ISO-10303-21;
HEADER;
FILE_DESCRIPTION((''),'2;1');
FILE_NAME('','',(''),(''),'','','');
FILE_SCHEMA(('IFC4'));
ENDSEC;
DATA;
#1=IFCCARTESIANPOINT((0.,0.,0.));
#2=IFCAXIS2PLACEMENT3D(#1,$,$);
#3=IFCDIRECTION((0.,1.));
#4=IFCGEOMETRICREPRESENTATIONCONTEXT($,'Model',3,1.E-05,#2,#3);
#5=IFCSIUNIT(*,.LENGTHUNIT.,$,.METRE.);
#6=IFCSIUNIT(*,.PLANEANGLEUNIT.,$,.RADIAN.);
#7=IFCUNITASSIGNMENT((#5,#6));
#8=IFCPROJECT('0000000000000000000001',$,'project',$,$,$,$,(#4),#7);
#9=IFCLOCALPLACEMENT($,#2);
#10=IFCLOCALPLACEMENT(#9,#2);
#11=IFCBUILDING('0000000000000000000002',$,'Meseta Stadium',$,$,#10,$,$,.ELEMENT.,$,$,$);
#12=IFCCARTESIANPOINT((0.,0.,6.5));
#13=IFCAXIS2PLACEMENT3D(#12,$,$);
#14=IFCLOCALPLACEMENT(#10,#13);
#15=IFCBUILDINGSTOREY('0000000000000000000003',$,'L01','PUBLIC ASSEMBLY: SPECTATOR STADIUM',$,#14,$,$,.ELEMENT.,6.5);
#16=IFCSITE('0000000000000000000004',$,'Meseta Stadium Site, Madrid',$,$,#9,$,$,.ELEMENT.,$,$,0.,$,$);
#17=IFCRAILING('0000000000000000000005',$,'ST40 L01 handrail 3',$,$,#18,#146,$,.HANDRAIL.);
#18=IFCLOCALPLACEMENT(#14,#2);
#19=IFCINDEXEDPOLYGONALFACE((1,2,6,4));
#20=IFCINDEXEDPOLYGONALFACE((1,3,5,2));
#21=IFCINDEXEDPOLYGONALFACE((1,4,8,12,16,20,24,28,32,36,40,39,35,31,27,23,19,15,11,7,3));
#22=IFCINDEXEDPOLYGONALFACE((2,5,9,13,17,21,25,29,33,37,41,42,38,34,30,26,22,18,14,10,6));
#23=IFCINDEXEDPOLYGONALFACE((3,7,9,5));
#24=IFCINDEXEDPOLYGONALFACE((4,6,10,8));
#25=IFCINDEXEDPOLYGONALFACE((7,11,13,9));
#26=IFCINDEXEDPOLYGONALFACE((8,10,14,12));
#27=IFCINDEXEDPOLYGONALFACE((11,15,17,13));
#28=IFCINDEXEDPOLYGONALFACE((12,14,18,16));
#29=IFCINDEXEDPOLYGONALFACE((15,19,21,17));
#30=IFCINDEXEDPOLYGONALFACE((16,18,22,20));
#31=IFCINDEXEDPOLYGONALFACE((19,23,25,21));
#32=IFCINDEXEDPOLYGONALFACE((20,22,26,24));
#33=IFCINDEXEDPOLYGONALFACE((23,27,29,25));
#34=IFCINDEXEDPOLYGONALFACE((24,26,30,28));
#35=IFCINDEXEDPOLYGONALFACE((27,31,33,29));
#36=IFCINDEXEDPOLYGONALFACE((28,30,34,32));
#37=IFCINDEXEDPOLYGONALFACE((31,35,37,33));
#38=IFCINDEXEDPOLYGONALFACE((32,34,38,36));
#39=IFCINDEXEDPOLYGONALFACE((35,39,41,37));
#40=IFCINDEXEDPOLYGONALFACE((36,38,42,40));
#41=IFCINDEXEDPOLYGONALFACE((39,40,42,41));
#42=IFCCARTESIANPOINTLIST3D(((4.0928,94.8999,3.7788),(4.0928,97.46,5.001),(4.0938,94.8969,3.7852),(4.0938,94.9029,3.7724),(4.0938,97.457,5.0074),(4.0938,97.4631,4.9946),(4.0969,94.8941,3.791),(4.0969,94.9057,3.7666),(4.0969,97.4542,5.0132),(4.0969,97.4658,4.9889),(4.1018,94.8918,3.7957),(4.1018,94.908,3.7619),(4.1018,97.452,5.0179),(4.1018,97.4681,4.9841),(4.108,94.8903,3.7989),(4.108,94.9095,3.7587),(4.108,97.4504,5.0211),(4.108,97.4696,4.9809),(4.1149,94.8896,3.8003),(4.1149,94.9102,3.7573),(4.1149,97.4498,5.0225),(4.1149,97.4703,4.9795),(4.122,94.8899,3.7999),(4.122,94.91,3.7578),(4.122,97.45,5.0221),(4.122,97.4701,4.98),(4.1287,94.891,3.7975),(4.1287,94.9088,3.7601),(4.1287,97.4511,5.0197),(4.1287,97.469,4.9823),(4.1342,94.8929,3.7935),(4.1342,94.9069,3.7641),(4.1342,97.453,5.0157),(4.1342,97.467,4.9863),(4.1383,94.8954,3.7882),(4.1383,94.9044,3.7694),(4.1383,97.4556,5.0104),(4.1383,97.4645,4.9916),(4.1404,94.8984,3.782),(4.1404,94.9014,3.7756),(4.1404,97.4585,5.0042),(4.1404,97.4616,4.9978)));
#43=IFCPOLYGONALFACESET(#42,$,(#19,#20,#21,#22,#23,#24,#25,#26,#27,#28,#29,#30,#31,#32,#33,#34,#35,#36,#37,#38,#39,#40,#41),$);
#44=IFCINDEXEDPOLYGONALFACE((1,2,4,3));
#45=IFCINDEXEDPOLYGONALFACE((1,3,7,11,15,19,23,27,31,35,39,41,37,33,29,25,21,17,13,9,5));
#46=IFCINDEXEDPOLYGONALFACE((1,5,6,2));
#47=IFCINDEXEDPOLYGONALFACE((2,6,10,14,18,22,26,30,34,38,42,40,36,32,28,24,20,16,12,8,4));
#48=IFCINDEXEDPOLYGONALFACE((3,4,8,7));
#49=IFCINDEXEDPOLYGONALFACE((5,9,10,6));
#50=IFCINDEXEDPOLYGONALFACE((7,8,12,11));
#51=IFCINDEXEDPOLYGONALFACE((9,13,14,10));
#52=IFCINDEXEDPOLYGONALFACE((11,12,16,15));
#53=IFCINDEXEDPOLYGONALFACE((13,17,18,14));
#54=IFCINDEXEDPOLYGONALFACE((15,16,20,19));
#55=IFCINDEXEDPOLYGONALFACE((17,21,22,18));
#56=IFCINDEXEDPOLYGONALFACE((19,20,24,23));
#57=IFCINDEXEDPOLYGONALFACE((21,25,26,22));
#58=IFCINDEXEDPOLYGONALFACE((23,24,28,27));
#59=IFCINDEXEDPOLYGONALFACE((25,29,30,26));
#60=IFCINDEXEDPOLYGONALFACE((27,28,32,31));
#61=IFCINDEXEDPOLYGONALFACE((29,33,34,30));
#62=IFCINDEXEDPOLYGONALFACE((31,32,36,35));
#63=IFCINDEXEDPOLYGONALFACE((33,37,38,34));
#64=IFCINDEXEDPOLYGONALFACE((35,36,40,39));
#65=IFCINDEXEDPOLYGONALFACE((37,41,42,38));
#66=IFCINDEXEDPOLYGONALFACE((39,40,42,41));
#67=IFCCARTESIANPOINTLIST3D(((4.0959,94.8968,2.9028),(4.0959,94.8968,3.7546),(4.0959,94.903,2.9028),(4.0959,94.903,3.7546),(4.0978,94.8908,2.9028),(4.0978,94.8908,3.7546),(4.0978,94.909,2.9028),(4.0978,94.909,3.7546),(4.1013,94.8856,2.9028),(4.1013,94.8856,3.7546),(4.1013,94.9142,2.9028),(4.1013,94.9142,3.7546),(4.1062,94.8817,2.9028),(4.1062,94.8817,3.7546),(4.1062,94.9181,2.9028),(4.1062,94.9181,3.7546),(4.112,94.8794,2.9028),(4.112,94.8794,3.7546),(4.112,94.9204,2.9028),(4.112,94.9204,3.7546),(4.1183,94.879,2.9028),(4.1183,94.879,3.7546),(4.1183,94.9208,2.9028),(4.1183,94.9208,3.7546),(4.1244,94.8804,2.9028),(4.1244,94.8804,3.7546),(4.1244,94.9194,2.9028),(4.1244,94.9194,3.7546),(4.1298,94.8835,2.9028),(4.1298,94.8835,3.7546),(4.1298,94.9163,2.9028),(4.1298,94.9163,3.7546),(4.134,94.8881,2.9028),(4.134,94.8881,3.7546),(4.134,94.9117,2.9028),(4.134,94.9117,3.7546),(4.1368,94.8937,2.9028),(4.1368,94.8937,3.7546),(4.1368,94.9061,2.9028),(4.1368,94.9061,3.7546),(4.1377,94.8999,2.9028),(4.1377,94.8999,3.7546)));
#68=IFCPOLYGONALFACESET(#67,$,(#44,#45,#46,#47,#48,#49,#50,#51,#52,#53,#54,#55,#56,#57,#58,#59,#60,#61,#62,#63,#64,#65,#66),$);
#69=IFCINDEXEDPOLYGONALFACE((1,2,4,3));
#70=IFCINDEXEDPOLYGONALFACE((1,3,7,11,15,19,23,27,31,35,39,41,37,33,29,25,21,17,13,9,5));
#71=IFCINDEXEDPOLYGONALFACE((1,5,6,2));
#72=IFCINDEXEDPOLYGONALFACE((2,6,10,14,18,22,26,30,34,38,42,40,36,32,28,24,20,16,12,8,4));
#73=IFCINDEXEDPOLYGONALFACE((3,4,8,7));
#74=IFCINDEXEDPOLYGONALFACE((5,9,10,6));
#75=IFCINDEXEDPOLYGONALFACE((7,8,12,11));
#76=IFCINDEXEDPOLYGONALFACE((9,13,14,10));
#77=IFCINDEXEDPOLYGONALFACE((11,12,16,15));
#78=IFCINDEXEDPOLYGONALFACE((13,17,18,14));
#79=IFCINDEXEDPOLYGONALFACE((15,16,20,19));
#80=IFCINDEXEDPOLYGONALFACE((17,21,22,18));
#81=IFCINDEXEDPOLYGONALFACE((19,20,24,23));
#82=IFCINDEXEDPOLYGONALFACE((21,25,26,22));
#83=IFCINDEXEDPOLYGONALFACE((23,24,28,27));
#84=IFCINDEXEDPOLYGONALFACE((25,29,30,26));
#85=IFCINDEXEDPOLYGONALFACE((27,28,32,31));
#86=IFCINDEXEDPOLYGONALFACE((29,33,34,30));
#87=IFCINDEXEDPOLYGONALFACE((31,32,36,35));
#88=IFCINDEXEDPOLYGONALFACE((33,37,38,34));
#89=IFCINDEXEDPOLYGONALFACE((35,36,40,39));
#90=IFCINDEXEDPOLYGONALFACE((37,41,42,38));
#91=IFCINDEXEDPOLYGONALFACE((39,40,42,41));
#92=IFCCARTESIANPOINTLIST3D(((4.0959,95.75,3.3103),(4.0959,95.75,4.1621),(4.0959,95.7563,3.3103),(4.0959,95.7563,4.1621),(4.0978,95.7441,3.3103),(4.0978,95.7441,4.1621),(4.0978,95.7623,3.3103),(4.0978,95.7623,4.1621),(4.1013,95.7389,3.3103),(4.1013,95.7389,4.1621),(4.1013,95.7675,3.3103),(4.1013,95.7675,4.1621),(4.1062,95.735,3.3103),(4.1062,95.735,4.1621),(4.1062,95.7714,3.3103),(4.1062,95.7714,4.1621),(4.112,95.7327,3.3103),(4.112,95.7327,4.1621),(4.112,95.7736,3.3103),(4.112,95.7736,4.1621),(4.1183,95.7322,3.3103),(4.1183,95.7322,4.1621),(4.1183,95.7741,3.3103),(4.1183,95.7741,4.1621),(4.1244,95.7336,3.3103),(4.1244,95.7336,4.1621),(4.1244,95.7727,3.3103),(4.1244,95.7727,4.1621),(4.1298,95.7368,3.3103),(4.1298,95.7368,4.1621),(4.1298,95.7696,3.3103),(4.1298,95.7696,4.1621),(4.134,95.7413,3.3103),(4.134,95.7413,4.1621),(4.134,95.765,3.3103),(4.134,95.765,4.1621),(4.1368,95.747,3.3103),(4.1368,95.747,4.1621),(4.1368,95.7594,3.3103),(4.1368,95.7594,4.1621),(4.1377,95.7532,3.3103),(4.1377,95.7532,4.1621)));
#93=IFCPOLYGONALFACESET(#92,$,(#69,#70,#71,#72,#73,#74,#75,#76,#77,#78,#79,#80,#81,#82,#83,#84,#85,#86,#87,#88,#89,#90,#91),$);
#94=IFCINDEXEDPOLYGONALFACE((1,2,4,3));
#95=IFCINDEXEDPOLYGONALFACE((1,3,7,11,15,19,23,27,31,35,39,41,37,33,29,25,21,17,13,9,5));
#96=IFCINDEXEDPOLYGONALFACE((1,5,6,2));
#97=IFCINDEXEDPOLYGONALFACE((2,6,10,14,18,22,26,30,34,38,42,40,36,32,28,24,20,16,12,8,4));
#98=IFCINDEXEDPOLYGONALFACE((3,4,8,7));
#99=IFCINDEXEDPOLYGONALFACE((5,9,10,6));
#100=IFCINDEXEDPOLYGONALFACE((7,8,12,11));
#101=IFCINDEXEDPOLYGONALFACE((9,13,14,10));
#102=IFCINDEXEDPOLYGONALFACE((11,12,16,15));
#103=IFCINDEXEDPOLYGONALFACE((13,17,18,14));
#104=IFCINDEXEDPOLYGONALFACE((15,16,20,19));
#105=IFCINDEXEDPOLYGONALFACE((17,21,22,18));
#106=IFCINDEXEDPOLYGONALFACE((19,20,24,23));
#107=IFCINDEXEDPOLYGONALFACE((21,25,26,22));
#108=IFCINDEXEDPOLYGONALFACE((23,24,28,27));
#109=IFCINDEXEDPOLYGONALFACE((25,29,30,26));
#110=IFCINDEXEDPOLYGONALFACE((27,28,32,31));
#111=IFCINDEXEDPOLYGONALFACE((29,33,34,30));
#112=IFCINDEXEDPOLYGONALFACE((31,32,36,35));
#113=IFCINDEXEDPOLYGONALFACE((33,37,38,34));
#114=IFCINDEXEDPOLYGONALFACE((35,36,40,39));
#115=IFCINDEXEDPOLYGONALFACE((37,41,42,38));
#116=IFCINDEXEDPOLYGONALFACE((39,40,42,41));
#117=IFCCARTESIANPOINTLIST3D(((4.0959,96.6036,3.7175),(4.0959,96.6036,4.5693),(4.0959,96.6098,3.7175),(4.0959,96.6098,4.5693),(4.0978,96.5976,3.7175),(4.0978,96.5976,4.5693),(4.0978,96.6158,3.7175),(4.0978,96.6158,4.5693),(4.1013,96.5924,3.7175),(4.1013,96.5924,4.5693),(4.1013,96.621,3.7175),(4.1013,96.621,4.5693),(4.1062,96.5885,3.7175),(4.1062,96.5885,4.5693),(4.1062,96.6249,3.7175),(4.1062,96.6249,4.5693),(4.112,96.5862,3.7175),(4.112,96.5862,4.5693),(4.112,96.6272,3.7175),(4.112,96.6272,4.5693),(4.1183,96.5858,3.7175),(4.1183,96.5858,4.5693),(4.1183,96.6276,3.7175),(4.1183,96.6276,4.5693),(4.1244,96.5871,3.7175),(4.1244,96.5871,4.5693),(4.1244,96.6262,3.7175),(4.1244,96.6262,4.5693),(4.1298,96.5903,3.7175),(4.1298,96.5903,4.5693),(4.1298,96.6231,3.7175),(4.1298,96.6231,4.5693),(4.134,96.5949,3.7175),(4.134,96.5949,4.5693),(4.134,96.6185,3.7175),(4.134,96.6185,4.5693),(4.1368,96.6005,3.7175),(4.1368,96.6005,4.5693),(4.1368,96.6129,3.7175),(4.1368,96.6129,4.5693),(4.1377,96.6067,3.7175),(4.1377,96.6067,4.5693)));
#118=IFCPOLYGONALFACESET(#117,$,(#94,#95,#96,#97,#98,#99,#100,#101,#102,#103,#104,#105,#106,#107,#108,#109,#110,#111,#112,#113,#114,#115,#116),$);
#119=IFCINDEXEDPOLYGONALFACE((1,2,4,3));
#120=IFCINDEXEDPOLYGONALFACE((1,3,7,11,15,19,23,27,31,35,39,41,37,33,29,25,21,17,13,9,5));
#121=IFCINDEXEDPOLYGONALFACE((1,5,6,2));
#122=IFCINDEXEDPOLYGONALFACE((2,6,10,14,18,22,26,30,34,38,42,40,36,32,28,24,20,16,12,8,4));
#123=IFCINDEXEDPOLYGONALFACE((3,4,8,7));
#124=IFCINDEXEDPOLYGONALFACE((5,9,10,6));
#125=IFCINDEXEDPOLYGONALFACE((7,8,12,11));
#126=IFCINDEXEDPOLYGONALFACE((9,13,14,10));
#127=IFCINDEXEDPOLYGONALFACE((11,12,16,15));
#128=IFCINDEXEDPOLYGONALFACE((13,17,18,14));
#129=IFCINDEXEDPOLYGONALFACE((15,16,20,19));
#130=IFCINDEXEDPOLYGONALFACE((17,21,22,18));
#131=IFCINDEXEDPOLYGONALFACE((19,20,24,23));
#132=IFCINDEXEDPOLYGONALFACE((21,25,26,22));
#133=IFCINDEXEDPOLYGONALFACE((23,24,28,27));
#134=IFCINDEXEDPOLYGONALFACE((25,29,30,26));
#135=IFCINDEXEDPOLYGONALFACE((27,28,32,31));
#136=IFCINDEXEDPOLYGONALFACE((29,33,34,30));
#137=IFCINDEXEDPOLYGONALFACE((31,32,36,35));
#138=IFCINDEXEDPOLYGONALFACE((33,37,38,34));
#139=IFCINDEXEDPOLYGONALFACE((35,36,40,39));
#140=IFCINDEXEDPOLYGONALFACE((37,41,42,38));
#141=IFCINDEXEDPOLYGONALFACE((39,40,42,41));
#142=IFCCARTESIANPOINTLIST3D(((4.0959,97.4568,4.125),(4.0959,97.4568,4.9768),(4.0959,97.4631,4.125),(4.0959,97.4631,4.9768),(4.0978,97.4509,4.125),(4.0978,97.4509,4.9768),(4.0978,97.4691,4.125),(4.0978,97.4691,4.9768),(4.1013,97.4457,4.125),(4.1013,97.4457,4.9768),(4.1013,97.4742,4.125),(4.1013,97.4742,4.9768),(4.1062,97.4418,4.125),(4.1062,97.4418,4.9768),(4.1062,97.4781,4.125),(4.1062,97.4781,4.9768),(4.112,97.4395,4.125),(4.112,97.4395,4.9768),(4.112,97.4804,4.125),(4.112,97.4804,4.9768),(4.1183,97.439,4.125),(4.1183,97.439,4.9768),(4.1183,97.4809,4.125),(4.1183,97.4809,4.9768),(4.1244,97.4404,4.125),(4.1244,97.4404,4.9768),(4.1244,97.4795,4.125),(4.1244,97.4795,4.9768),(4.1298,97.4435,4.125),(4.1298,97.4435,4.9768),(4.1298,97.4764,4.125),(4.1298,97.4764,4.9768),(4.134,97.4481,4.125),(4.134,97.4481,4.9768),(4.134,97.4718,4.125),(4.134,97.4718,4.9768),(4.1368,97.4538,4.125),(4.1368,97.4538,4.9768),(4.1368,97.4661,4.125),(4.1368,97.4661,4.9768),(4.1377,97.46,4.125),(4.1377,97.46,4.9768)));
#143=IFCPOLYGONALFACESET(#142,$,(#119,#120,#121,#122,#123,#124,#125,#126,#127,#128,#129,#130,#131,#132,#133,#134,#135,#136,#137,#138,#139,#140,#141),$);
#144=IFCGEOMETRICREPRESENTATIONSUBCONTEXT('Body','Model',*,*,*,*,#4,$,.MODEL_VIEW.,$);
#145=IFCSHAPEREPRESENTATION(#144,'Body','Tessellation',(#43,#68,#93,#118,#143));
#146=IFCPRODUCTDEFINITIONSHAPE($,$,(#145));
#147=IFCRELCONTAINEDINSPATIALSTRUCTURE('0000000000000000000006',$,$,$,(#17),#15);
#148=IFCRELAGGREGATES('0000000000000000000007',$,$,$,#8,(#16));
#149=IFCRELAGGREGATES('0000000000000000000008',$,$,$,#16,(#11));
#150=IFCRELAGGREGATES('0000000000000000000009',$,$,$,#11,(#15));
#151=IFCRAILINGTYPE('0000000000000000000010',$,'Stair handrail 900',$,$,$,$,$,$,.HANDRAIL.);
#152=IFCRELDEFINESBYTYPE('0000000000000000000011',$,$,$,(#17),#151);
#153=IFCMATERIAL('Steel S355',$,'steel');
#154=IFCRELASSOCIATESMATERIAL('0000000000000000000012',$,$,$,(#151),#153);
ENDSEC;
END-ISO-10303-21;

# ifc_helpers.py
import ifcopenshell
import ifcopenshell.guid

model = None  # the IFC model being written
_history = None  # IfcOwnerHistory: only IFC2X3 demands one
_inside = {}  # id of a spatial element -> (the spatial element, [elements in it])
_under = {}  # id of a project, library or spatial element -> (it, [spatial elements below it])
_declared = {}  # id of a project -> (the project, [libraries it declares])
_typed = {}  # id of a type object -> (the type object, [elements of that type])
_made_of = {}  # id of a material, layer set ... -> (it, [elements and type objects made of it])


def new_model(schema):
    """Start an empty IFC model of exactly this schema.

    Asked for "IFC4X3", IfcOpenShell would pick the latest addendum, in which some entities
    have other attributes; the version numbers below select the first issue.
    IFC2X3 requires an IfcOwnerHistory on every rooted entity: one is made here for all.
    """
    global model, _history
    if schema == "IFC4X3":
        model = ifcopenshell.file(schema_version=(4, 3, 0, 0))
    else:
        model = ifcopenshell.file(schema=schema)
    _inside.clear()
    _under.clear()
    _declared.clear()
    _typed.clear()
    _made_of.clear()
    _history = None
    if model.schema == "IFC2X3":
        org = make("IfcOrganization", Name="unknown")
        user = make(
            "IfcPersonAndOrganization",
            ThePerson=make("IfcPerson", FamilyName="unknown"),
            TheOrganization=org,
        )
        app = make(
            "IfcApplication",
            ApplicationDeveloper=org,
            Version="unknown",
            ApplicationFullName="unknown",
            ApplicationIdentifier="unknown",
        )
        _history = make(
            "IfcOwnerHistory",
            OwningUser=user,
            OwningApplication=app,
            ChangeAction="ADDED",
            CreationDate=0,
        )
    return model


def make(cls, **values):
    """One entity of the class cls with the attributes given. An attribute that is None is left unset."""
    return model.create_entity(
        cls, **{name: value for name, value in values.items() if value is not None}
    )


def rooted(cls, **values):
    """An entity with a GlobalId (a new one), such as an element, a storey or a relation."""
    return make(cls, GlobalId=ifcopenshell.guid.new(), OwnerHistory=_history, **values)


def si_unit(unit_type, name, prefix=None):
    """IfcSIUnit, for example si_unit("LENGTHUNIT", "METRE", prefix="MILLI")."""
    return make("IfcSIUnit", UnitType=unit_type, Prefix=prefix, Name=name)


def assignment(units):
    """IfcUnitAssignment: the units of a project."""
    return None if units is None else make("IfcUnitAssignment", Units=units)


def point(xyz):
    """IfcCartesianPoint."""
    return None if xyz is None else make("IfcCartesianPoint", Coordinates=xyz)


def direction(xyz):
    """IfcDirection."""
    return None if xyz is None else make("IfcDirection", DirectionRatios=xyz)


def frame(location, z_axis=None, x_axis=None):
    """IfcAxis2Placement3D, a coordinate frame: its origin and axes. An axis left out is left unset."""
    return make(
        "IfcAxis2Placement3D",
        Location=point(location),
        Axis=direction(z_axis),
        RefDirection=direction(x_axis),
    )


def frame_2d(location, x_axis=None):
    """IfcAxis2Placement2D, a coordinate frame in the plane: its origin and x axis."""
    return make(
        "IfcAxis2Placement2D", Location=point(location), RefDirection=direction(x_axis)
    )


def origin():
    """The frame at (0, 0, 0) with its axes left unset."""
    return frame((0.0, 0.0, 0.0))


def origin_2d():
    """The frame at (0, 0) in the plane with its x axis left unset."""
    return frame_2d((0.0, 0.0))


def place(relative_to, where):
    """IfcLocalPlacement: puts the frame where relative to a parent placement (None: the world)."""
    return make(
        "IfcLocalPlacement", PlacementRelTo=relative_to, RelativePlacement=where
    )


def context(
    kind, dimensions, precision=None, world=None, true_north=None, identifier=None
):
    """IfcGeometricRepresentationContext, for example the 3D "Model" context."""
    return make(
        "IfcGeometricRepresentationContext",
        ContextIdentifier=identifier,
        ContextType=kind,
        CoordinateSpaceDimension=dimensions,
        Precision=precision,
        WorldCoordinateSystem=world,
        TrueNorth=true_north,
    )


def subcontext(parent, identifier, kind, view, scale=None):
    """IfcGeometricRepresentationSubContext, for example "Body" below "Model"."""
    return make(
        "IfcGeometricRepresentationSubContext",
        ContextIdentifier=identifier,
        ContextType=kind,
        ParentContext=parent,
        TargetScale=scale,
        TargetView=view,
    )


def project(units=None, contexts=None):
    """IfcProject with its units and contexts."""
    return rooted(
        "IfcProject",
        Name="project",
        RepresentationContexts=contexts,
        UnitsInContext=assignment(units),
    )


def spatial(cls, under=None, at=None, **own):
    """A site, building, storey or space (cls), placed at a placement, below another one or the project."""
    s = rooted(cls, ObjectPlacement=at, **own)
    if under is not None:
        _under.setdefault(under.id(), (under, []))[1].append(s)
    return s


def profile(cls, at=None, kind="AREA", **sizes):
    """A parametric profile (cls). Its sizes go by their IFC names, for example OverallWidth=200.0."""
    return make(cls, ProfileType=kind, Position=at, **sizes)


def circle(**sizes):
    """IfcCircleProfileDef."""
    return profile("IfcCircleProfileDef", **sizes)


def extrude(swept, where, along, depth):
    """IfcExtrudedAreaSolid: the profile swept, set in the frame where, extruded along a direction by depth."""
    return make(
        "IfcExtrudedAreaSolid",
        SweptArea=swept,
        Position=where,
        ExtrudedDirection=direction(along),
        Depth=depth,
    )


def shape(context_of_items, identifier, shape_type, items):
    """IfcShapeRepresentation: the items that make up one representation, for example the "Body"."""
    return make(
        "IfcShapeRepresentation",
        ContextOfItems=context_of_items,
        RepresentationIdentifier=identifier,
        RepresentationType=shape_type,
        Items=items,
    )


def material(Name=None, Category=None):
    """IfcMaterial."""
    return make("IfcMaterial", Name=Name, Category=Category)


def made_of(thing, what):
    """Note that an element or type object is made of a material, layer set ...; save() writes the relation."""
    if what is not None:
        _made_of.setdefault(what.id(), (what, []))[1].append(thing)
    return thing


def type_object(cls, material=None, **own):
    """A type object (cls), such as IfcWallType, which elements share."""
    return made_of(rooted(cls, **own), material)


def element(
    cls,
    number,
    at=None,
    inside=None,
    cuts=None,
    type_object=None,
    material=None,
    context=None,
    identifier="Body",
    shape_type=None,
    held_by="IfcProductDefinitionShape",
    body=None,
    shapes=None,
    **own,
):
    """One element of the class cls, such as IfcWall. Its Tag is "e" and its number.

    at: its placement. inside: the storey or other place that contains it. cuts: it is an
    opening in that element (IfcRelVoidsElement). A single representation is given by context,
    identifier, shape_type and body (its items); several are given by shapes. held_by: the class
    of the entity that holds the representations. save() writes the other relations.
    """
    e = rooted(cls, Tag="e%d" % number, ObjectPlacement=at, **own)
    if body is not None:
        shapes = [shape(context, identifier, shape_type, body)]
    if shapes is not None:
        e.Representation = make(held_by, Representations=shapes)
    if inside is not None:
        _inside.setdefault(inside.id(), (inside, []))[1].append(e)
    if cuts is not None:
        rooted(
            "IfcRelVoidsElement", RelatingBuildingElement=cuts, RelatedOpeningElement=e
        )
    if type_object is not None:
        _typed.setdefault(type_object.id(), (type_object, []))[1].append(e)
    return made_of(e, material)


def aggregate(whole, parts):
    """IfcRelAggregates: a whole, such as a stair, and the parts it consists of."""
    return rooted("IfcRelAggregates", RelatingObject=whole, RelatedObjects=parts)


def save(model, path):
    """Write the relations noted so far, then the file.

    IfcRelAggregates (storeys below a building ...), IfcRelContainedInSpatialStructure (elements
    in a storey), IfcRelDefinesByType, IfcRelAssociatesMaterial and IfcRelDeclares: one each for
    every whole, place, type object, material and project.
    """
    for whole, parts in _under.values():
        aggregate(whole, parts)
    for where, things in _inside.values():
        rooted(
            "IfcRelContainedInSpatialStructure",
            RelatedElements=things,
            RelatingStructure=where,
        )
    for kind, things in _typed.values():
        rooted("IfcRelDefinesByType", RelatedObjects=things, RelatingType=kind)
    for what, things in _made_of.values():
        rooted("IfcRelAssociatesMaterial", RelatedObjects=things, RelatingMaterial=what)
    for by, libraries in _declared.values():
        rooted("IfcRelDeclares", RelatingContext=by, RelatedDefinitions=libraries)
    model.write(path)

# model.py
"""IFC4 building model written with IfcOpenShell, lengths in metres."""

from ifc_helpers import new_model, si_unit, direction, frame, origin, origin_2d, place, context, subcontext, project, spatial, circle, extrude, material, type_object, element, save


model = new_model("IFC4")

# Units and contexts
model_context = context("Model", 3, precision=1e-05, world=origin(), true_north=direction((0.0, 1.0)))
body_context = subcontext(model_context, "Body", "Model", "MODEL_VIEW")
ifc_project = project(units=[si_unit("LENGTHUNIT", "METRE"), si_unit("PLANEANGLEUNIT", "RADIAN")], contexts=[model_context])

# Site, building, storey
site_placement = place(None, origin())
site = spatial("IfcSite", under=ifc_project, at=site_placement, Name="Meseta Stadium Site, Madrid", CompositionType="ELEMENT", RefElevation=0.0)
building_placement = place(site_placement, origin())
building = spatial("IfcBuilding", under=site, at=building_placement, Name="Meseta Stadium", CompositionType="ELEMENT")
storey_placement = place(building_placement, frame((0.0, 0.0, 6.5)))
storey = spatial("IfcBuildingStorey", under=building, at=storey_placement, Name="L01", Description="PUBLIC ASSEMBLY: SPECTATOR STADIUM", CompositionType="ELEMENT", Elevation=6.5)

# Railing
ifc_material_1 = material(Name="Steel S355", Category="steel")
railing_type_1 = type_object("IfcRailingType", Name="Stair handrail 900", PredefinedType="HANDRAIL", material=ifc_material_1)
railing_1_placement = place(storey_placement, frame((4.1167, 94.8999, 2.9028)))
element("IfcRailing", 1, at=railing_1_placement, inside=storey, type_object=railing_type_1, Name="ST40 L01 handrail 3", PredefinedType="HANDRAIL", context=body_context, shape_type="SweptSolid", body=[
    extrude(circle(Radius=0.0239, at=origin_2d()), frame((0.0, 0.0, 0.876), z_axis=(0.0, 0.902437, 0.430822), x_axis=(-1.0, 0.0, 0.0)), (0.0, 0.0, 1.0), 2.8369),
    extrude(circle(Radius=0.021, at=origin_2d()), origin(), (0.0, 0.0, 1.0), 0.8518),
    extrude(circle(Radius=0.021, at=origin_2d()), frame((0.0, 0.8533, 0.4075)), (0.0, 0.0, 1.0), 0.8518),
    extrude(circle(Radius=0.021, at=origin_2d()), frame((0.0, 1.7068, 0.8147)), (0.0, 0.0, 1.0), 0.8518),
    extrude(circle(Radius=0.021, at=origin_2d()), frame((0.0, 2.5601, 1.2222)), (0.0, 0.0, 1.0), 0.8518),
])

save(model, "model.ifc")
